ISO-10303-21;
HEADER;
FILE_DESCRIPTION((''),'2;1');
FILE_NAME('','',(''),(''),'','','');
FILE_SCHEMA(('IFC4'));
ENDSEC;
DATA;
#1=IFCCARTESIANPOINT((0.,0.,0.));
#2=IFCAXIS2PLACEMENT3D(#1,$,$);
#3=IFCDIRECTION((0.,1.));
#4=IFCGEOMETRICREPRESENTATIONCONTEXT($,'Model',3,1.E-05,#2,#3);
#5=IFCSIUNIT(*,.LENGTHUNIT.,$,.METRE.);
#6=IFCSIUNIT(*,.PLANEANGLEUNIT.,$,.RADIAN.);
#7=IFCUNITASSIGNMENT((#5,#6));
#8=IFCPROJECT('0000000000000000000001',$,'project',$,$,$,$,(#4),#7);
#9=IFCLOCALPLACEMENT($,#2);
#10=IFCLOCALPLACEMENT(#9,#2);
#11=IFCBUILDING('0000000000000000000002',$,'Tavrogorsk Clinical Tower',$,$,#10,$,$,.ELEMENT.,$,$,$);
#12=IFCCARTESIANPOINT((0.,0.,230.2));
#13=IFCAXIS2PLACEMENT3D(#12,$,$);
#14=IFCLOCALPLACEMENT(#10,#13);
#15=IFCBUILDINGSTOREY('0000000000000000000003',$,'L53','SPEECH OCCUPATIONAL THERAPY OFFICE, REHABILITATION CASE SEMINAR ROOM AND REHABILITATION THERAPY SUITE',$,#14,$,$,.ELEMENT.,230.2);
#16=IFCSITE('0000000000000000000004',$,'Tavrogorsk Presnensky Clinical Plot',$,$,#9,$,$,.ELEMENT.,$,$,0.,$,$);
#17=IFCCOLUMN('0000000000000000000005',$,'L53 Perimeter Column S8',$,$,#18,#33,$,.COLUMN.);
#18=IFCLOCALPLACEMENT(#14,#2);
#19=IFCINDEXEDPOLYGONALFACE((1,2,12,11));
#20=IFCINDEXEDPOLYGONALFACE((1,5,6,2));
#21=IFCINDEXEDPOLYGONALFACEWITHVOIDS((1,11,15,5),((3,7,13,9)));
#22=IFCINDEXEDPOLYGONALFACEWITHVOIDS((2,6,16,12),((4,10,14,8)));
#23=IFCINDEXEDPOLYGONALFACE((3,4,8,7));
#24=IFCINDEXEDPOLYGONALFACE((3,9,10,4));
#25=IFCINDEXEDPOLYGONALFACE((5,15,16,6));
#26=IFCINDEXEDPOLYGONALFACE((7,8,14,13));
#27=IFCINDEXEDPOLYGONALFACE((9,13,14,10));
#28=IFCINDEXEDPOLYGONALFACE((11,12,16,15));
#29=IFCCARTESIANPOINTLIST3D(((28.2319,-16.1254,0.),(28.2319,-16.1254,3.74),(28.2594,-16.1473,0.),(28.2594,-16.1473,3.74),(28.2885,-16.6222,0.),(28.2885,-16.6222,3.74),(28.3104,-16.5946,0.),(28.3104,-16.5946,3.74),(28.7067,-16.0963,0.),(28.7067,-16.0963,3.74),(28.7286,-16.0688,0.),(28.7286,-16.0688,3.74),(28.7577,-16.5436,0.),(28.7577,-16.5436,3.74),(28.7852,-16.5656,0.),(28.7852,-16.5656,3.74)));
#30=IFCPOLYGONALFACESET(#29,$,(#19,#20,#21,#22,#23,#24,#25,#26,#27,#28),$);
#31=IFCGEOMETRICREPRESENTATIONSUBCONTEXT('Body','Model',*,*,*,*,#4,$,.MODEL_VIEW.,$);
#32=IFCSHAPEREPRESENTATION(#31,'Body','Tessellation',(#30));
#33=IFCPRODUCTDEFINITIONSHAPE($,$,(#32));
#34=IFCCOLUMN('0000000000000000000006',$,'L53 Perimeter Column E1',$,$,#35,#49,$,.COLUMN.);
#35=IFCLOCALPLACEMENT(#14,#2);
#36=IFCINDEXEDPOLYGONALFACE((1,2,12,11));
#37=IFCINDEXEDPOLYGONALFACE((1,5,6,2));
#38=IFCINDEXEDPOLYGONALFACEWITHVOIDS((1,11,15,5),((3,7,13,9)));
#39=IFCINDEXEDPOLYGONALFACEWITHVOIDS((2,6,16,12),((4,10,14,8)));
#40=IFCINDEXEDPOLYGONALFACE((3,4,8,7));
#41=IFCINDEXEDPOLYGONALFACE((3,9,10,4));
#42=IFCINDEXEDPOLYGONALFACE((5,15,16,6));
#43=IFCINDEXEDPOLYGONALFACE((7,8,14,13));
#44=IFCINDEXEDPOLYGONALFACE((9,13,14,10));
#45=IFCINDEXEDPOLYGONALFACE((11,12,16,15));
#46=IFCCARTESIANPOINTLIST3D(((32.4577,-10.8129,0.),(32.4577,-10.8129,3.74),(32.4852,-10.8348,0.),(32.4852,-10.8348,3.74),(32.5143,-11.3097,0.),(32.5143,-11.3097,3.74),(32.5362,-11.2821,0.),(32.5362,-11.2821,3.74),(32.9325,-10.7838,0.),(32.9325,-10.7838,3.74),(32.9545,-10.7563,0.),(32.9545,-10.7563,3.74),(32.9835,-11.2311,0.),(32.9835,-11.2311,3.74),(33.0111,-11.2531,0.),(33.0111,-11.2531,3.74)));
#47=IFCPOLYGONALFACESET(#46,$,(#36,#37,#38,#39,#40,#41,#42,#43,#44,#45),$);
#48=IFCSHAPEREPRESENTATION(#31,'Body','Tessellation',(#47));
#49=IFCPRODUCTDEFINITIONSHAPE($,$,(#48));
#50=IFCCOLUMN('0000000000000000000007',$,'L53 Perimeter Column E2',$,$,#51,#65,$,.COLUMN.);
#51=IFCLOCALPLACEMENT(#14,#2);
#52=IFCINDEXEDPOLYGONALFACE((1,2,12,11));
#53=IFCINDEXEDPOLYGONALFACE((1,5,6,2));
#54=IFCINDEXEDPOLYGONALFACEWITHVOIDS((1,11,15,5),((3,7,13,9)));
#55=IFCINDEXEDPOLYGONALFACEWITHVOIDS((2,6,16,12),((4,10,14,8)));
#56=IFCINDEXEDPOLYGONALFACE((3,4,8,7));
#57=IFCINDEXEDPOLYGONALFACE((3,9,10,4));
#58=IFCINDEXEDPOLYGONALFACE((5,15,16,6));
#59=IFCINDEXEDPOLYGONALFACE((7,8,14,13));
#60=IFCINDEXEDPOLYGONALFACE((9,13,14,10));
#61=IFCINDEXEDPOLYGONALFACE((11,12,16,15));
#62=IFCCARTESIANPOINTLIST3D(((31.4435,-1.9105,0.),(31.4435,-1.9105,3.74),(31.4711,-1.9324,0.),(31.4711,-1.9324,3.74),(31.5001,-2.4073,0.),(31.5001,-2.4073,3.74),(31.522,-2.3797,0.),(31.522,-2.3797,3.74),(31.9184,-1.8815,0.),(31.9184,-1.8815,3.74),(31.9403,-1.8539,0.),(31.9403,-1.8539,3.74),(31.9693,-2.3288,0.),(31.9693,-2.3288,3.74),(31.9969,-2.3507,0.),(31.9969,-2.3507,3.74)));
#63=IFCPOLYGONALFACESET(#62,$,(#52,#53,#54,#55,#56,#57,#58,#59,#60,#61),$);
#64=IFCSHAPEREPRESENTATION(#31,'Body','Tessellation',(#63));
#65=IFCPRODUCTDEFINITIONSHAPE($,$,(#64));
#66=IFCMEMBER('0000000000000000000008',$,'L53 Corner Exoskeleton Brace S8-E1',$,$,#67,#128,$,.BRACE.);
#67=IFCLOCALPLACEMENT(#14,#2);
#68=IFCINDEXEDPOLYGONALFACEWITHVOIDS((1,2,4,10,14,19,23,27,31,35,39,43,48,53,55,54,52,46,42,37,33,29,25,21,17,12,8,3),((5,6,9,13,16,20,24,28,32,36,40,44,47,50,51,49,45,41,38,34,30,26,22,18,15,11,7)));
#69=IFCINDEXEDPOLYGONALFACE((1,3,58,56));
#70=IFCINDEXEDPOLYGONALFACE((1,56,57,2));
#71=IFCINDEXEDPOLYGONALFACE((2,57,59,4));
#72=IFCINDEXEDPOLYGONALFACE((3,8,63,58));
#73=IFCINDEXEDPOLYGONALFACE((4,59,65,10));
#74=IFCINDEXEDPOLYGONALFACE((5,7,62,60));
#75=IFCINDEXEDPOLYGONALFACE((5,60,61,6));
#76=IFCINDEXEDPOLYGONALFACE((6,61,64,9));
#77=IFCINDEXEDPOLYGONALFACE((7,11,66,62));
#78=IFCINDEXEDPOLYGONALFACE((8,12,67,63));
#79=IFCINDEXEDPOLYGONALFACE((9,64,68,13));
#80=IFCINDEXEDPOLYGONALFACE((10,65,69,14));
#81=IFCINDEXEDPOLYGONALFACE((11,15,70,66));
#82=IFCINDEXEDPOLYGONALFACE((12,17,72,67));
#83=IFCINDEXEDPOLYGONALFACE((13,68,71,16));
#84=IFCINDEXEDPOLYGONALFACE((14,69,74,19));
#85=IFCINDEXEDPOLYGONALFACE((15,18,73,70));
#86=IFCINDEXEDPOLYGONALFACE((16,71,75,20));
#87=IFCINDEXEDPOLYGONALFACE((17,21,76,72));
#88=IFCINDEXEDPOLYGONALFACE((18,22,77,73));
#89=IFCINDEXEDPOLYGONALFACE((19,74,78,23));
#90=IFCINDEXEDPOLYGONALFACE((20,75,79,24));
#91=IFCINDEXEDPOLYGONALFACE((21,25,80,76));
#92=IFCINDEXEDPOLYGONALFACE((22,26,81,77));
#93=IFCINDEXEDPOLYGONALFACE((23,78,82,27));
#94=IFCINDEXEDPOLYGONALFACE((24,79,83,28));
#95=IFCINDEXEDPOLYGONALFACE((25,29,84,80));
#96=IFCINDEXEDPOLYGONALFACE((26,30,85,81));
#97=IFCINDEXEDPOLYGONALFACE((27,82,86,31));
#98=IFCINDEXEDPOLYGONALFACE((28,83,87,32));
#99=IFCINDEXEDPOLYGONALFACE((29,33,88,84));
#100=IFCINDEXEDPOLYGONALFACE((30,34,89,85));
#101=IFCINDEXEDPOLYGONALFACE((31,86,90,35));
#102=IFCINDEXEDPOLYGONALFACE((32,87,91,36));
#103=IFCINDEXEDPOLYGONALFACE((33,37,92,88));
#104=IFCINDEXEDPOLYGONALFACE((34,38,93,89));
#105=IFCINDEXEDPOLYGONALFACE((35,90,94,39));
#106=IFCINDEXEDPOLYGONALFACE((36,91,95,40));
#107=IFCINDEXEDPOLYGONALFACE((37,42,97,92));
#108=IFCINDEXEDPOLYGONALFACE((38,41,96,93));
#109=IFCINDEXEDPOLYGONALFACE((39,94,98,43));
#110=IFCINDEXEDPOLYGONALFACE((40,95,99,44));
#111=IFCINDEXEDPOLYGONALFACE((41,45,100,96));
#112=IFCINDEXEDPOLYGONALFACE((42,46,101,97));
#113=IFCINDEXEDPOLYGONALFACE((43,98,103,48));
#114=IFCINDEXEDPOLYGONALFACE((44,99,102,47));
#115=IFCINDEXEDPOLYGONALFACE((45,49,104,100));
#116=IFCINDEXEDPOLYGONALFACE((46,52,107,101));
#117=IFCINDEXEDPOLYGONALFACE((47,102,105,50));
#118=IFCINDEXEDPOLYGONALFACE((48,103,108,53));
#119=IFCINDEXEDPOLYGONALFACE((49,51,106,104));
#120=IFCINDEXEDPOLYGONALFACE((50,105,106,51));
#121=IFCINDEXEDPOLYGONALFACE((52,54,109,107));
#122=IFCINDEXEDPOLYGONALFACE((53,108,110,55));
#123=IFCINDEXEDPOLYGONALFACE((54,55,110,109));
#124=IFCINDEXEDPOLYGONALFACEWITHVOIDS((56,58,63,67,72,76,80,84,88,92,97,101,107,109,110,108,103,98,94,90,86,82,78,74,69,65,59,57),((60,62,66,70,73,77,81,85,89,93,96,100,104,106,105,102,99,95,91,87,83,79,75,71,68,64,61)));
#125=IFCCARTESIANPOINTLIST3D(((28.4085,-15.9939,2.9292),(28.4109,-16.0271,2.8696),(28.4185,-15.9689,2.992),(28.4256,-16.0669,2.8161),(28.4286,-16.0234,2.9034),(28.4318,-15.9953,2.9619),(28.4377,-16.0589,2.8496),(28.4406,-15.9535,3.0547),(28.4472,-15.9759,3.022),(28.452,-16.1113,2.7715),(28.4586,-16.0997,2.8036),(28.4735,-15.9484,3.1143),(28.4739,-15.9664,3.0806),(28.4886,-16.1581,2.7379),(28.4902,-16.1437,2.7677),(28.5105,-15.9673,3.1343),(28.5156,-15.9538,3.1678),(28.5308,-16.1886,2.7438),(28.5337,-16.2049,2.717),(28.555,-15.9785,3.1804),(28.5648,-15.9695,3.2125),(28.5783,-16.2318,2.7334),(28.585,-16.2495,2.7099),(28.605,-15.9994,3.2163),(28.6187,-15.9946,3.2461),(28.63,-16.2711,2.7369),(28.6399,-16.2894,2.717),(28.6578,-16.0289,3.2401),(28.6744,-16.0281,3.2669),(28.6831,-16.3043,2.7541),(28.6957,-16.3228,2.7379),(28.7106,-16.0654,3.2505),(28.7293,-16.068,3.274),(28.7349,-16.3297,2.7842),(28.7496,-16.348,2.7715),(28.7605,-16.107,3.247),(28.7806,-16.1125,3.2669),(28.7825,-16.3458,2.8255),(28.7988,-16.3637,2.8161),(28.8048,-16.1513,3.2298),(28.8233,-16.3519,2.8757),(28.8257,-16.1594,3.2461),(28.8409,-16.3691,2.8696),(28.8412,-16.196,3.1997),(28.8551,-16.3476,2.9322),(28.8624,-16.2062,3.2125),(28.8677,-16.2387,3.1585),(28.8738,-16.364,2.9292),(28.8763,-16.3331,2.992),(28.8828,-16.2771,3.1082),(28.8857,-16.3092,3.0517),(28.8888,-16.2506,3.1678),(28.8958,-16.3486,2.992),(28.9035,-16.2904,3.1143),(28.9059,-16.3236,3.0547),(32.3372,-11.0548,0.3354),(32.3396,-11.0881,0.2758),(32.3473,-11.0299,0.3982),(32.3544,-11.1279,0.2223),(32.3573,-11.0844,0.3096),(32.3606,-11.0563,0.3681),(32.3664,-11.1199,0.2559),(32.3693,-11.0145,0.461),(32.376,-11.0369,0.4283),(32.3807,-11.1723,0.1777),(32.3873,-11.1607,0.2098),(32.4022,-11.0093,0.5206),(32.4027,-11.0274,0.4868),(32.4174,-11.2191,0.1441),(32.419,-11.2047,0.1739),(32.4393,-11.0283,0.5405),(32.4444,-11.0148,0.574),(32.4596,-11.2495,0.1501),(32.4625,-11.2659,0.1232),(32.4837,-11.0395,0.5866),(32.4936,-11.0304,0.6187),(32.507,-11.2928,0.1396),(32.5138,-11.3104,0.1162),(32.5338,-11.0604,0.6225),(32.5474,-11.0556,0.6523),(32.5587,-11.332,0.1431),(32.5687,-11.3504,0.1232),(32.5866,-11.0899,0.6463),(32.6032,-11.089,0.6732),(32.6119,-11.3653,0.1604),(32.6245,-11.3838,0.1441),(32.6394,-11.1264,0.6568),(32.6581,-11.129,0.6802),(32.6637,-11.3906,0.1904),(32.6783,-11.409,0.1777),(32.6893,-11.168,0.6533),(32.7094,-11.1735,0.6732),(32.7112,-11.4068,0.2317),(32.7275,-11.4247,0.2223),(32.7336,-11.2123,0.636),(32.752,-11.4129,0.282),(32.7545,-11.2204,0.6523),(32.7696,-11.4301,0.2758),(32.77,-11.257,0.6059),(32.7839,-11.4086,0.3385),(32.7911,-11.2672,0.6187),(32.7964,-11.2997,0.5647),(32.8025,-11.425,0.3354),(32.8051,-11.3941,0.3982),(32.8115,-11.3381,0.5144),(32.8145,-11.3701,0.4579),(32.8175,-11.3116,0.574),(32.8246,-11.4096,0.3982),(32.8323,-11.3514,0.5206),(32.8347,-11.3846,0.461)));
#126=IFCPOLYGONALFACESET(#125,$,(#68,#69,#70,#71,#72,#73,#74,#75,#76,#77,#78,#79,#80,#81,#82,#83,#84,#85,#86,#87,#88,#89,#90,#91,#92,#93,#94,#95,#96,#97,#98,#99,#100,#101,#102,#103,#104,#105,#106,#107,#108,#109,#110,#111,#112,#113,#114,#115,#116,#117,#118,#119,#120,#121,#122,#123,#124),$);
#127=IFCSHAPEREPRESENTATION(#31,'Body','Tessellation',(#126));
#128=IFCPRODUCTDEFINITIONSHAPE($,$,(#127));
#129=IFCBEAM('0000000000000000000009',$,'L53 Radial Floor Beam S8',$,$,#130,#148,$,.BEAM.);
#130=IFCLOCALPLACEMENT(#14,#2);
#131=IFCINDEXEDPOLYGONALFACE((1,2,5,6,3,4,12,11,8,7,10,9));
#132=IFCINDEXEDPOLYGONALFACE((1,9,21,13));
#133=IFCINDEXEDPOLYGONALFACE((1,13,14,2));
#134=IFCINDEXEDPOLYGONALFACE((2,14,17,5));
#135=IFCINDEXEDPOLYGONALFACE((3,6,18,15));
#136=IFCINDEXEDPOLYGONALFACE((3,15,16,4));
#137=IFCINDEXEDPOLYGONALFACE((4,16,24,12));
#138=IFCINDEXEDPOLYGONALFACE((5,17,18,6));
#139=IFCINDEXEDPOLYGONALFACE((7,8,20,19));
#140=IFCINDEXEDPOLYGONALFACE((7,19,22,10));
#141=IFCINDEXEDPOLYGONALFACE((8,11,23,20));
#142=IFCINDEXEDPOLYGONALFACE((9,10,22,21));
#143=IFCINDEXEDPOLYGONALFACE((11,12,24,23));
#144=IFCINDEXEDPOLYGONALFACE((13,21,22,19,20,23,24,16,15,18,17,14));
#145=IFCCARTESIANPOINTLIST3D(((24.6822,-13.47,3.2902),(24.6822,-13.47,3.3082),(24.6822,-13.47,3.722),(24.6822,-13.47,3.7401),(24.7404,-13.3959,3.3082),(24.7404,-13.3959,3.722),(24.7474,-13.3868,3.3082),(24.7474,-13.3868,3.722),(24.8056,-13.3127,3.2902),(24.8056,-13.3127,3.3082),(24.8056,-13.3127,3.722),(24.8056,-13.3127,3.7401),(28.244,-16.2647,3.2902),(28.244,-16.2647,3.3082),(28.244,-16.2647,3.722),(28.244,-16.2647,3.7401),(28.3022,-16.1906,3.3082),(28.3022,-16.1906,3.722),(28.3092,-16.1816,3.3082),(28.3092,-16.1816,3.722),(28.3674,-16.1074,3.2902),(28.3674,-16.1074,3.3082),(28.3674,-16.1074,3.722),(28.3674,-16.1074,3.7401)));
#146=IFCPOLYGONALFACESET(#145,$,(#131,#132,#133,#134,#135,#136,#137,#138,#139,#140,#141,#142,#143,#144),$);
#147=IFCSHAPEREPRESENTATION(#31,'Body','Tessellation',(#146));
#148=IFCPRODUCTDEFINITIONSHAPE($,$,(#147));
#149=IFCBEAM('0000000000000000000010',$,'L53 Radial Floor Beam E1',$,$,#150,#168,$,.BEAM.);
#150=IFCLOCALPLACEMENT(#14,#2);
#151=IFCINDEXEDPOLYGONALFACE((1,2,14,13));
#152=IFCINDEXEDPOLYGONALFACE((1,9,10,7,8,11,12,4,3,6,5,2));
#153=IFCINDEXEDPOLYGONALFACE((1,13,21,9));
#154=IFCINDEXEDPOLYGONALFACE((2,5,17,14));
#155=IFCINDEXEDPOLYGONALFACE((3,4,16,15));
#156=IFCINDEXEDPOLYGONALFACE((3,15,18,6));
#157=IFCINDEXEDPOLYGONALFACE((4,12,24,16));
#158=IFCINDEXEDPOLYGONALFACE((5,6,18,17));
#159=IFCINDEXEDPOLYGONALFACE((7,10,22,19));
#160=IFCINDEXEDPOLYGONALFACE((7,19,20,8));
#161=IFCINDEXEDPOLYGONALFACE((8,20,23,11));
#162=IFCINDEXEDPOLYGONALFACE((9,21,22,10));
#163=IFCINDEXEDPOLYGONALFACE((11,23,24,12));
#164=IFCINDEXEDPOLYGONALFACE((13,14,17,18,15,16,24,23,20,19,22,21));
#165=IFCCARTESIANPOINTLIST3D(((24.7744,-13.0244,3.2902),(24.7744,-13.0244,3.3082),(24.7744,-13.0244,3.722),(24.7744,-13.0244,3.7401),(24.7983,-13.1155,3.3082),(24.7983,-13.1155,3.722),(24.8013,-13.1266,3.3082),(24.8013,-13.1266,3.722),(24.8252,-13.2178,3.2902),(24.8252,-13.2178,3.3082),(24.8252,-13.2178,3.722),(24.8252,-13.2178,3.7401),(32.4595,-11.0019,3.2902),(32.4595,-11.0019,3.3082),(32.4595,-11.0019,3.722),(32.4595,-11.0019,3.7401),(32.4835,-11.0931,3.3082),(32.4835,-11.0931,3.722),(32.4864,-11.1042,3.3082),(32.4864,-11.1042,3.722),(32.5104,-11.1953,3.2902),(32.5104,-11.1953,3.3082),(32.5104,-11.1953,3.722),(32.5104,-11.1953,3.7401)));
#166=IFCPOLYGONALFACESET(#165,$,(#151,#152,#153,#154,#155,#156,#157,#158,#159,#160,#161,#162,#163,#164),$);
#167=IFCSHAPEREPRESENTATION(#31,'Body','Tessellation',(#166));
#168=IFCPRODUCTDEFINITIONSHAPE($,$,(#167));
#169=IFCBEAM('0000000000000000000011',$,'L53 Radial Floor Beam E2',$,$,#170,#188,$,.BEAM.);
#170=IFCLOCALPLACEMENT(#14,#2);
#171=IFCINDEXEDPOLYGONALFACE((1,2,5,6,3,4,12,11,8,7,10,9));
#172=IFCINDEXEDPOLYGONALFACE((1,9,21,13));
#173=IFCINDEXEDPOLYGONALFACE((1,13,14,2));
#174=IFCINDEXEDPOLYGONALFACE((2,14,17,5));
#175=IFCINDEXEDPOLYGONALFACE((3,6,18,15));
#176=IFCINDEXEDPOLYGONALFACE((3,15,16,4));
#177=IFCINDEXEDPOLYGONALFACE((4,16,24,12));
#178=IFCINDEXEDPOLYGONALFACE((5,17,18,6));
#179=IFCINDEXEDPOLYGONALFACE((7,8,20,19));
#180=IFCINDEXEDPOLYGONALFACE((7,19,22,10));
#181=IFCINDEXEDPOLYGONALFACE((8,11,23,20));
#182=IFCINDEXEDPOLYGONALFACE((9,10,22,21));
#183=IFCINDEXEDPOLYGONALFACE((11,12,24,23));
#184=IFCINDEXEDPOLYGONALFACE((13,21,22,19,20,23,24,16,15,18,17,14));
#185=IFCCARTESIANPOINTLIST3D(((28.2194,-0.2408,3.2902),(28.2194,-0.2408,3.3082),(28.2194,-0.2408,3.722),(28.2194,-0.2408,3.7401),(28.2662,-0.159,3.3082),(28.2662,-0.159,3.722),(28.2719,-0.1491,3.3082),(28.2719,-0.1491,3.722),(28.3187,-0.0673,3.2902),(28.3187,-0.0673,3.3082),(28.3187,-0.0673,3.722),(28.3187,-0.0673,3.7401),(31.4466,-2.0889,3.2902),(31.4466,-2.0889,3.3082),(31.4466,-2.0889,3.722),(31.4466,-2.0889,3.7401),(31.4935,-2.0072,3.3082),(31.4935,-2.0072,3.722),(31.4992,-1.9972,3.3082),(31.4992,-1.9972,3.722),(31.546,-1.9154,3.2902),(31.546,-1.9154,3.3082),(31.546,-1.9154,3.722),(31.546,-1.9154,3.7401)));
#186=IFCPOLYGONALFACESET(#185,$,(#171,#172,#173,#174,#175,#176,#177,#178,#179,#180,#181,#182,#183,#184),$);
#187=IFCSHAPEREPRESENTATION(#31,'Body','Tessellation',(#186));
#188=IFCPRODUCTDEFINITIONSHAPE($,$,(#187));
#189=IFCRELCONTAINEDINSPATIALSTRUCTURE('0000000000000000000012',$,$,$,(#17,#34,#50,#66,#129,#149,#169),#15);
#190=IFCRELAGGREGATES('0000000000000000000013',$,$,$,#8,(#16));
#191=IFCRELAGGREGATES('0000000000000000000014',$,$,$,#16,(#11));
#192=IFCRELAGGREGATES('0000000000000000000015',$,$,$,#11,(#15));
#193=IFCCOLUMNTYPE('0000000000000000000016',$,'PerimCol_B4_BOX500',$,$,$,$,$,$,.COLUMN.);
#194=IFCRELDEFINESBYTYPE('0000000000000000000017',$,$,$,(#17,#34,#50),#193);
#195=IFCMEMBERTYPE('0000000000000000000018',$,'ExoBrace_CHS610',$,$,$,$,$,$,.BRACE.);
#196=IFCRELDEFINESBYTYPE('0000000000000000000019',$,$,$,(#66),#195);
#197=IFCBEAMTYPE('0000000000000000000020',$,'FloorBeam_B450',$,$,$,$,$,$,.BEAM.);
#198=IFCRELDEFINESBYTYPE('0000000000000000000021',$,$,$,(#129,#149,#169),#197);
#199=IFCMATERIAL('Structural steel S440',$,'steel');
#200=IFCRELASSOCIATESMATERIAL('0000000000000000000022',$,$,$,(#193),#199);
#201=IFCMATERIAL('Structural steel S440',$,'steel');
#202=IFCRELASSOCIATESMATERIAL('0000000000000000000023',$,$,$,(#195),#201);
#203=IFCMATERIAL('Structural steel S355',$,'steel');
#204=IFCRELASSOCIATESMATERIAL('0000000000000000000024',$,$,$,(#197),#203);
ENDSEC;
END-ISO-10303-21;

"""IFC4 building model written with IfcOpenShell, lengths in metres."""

from ifc_helpers import new_model, si_unit, direction, frame, origin, origin_2d, place, context, subcontext, project, spatial, hollow_rectangle, hollow_circle, i_section, extrude, material, material_profile, profile_set, type_object, element, save


model = new_model("IFC4")

# Units and contexts
model_context = context("Model", 3, precision=1e-05, world=origin(), true_north=direction((0.0, 1.0)))
body_context = subcontext(model_context, "Body", "Model", "MODEL_VIEW")
ifc_project = project(units=[si_unit("LENGTHUNIT", "METRE"), si_unit("PLANEANGLEUNIT", "RADIAN")], contexts=[model_context])

# Site, building, storey
site_placement = place(None, origin())
site = spatial("IfcSite", under=ifc_project, at=site_placement, Name="Tavrogorsk Presnensky Clinical Plot", CompositionType="ELEMENT", RefElevation=0.0)
building_placement = place(site_placement, origin())
building = spatial("IfcBuilding", under=site, at=building_placement, Name="Tavrogorsk Clinical Tower", CompositionType="ELEMENT")
storey_placement = place(building_placement, frame((0.0, 0.0, 230.2)))
storey = spatial("IfcBuildingStorey", under=building, at=storey_placement, Name="L53", Description="SPEECH OCCUPATIONAL THERAPY OFFICE, REHABILITATION CASE SEMINAR ROOM AND REHABILITATION THERAPY SUITE", CompositionType="ELEMENT", Elevation=230.2)

# Columns
ifc_material_1 = material(Name="Structural steel S440", Category="steel")
ifc_material_profile_1 = material_profile(ifc_material_1, hollow_rectangle(XDim=0.5, YDim=0.5, WallThickness=0.0249, at=origin_2d()), Name="BOX-500x500x25")
ifc_profile_set_1 = profile_set([ifc_material_profile_1], Name="Structural steel S440")
column_type = type_object("IfcColumnType", Name="PerimCol_B4_BOX500", PredefinedType="COLUMN", material=ifc_profile_set_1)
for number, where, z_axis, x_axis, name in (
    (1, (28.5085, -16.3455, 0.0), (0.0, 0.0, 1.0), (0.993572, 0.113203, 0.0), "L53 Perimeter Column S8"),
    (2, (32.7344, -11.033, 0.0), (0.0, 0.0, 1.0), (0.993572, 0.113203, 0.0), "L53 Perimeter Column E1"),
    (3, (31.7202, -2.1306, 0.0), (0.0, 0.0, 1.0), (0.993572, 0.113203, 0.0), "L53 Perimeter Column E2"),
):
    element("IfcColumn", number, at=place(storey_placement, frame(where, z_axis=z_axis, x_axis=x_axis)), inside=storey, type_object=column_type, Name=name, PredefinedType="COLUMN", context=body_context, shape_type="SweptSolid", body=[
        extrude(hollow_rectangle(XDim=0.5, YDim=0.5, WallThickness=0.0249, at=origin_2d()), origin(), (0.0, 0.0, 1.0), 3.74),
    ])

# Member
ifc_material_2 = material(Name="Structural steel S440", Category="steel")
ifc_material_profile_2 = material_profile(ifc_material_2, hollow_circle(Radius=0.3049, WallThickness=0.0249, at=origin_2d()), Name="CHS-610x25")
ifc_profile_set_2 = profile_set([ifc_material_profile_2], Name="Structural steel S440")
member_type_1 = type_object("IfcMemberType", Name="ExoBrace_CHS610", PredefinedType="BRACE", material=ifc_profile_set_2)
member_1_placement = place(storey_placement, frame((32.5859, -11.2197, 0.3982), z_axis=(-0.575789, -0.723852, 0.380138), x_axis=(0.782602, -0.622522, 0.0)))
element("IfcMember", 4, at=member_1_placement, inside=storey, type_object=member_type_1, Name="L53 Corner Exoskeleton Brace S8-E1", PredefinedType="BRACE", context=body_context, shape_type="SweptSolid", body=[
    extrude(hollow_circle(Radius=0.3049, WallThickness=0.0249, at=origin_2d()), origin(), (0.0, 0.0, 1.0), 6.8232),
])

# Beams
ifc_material_3 = material(Name="Structural steel S355", Category="steel")
ifc_material_profile_3 = material_profile(ifc_material_3, i_section(OverallWidth=0.2, OverallDepth=0.45, WebThickness=0.0115, FlangeThickness=0.0181, at=origin_2d()), Name="B-450x200x11.5x18")
ifc_profile_set_3 = profile_set([ifc_material_profile_3], Name="Structural steel S355")
beam_type_1 = type_object("IfcBeamType", Name="FloorBeam_B450", PredefinedType="BEAM", material=ifc_profile_set_3)
beam_1_placement = place(storey_placement, frame((24.7439, -13.3914, 3.5151), z_axis=(0.786732, -0.617295, 0.0), x_axis=(0.617295, 0.786732, 0.0)))
element("IfcBeam", 5, at=beam_1_placement, inside=storey, type_object=beam_type_1, Name="L53 Radial Floor Beam S8", PredefinedType="BEAM", context=body_context, shape_type="SweptSolid", body=[
    extrude(i_section(OverallWidth=0.2, OverallDepth=0.45, WebThickness=0.0115, FlangeThickness=0.0181, at=origin_2d()), origin(), (0.0, 0.0, 1.0), 4.5273),
])
beam_2_placement = place(storey_placement, frame((24.7998, -13.1211, 3.5151), z_axis=(0.967072, 0.254502, 0.0), x_axis=(-0.254502, 0.967072, 0.0)))
element("IfcBeam", 6, at=beam_2_placement, inside=storey, type_object=beam_type_1, Name="L53 Radial Floor Beam E1", PredefinedType="BEAM", context=body_context, shape_type="SweptSolid", body=[
    extrude(i_section(OverallWidth=0.2, OverallDepth=0.45, WebThickness=0.0115, FlangeThickness=0.0181, at=origin_2d()), origin(), (0.0, 0.0, 1.0), 7.9468),
])
beam_3_placement = place(storey_placement, frame((28.269, -0.1541, 3.5151), z_axis=(0.867782, -0.496945, 0.0), x_axis=(0.496945, 0.867782, 0.0)))
element("IfcBeam", 7, at=beam_3_placement, inside=storey, type_object=beam_type_1, Name="L53 Radial Floor Beam E2", PredefinedType="BEAM", context=body_context, shape_type="SweptSolid", body=[
    extrude(i_section(OverallWidth=0.2, OverallDepth=0.45, WebThickness=0.0115, FlangeThickness=0.0181, at=origin_2d()), origin(), (0.0, 0.0, 1.0), 3.719),
])

save(model, "model.ifc")
